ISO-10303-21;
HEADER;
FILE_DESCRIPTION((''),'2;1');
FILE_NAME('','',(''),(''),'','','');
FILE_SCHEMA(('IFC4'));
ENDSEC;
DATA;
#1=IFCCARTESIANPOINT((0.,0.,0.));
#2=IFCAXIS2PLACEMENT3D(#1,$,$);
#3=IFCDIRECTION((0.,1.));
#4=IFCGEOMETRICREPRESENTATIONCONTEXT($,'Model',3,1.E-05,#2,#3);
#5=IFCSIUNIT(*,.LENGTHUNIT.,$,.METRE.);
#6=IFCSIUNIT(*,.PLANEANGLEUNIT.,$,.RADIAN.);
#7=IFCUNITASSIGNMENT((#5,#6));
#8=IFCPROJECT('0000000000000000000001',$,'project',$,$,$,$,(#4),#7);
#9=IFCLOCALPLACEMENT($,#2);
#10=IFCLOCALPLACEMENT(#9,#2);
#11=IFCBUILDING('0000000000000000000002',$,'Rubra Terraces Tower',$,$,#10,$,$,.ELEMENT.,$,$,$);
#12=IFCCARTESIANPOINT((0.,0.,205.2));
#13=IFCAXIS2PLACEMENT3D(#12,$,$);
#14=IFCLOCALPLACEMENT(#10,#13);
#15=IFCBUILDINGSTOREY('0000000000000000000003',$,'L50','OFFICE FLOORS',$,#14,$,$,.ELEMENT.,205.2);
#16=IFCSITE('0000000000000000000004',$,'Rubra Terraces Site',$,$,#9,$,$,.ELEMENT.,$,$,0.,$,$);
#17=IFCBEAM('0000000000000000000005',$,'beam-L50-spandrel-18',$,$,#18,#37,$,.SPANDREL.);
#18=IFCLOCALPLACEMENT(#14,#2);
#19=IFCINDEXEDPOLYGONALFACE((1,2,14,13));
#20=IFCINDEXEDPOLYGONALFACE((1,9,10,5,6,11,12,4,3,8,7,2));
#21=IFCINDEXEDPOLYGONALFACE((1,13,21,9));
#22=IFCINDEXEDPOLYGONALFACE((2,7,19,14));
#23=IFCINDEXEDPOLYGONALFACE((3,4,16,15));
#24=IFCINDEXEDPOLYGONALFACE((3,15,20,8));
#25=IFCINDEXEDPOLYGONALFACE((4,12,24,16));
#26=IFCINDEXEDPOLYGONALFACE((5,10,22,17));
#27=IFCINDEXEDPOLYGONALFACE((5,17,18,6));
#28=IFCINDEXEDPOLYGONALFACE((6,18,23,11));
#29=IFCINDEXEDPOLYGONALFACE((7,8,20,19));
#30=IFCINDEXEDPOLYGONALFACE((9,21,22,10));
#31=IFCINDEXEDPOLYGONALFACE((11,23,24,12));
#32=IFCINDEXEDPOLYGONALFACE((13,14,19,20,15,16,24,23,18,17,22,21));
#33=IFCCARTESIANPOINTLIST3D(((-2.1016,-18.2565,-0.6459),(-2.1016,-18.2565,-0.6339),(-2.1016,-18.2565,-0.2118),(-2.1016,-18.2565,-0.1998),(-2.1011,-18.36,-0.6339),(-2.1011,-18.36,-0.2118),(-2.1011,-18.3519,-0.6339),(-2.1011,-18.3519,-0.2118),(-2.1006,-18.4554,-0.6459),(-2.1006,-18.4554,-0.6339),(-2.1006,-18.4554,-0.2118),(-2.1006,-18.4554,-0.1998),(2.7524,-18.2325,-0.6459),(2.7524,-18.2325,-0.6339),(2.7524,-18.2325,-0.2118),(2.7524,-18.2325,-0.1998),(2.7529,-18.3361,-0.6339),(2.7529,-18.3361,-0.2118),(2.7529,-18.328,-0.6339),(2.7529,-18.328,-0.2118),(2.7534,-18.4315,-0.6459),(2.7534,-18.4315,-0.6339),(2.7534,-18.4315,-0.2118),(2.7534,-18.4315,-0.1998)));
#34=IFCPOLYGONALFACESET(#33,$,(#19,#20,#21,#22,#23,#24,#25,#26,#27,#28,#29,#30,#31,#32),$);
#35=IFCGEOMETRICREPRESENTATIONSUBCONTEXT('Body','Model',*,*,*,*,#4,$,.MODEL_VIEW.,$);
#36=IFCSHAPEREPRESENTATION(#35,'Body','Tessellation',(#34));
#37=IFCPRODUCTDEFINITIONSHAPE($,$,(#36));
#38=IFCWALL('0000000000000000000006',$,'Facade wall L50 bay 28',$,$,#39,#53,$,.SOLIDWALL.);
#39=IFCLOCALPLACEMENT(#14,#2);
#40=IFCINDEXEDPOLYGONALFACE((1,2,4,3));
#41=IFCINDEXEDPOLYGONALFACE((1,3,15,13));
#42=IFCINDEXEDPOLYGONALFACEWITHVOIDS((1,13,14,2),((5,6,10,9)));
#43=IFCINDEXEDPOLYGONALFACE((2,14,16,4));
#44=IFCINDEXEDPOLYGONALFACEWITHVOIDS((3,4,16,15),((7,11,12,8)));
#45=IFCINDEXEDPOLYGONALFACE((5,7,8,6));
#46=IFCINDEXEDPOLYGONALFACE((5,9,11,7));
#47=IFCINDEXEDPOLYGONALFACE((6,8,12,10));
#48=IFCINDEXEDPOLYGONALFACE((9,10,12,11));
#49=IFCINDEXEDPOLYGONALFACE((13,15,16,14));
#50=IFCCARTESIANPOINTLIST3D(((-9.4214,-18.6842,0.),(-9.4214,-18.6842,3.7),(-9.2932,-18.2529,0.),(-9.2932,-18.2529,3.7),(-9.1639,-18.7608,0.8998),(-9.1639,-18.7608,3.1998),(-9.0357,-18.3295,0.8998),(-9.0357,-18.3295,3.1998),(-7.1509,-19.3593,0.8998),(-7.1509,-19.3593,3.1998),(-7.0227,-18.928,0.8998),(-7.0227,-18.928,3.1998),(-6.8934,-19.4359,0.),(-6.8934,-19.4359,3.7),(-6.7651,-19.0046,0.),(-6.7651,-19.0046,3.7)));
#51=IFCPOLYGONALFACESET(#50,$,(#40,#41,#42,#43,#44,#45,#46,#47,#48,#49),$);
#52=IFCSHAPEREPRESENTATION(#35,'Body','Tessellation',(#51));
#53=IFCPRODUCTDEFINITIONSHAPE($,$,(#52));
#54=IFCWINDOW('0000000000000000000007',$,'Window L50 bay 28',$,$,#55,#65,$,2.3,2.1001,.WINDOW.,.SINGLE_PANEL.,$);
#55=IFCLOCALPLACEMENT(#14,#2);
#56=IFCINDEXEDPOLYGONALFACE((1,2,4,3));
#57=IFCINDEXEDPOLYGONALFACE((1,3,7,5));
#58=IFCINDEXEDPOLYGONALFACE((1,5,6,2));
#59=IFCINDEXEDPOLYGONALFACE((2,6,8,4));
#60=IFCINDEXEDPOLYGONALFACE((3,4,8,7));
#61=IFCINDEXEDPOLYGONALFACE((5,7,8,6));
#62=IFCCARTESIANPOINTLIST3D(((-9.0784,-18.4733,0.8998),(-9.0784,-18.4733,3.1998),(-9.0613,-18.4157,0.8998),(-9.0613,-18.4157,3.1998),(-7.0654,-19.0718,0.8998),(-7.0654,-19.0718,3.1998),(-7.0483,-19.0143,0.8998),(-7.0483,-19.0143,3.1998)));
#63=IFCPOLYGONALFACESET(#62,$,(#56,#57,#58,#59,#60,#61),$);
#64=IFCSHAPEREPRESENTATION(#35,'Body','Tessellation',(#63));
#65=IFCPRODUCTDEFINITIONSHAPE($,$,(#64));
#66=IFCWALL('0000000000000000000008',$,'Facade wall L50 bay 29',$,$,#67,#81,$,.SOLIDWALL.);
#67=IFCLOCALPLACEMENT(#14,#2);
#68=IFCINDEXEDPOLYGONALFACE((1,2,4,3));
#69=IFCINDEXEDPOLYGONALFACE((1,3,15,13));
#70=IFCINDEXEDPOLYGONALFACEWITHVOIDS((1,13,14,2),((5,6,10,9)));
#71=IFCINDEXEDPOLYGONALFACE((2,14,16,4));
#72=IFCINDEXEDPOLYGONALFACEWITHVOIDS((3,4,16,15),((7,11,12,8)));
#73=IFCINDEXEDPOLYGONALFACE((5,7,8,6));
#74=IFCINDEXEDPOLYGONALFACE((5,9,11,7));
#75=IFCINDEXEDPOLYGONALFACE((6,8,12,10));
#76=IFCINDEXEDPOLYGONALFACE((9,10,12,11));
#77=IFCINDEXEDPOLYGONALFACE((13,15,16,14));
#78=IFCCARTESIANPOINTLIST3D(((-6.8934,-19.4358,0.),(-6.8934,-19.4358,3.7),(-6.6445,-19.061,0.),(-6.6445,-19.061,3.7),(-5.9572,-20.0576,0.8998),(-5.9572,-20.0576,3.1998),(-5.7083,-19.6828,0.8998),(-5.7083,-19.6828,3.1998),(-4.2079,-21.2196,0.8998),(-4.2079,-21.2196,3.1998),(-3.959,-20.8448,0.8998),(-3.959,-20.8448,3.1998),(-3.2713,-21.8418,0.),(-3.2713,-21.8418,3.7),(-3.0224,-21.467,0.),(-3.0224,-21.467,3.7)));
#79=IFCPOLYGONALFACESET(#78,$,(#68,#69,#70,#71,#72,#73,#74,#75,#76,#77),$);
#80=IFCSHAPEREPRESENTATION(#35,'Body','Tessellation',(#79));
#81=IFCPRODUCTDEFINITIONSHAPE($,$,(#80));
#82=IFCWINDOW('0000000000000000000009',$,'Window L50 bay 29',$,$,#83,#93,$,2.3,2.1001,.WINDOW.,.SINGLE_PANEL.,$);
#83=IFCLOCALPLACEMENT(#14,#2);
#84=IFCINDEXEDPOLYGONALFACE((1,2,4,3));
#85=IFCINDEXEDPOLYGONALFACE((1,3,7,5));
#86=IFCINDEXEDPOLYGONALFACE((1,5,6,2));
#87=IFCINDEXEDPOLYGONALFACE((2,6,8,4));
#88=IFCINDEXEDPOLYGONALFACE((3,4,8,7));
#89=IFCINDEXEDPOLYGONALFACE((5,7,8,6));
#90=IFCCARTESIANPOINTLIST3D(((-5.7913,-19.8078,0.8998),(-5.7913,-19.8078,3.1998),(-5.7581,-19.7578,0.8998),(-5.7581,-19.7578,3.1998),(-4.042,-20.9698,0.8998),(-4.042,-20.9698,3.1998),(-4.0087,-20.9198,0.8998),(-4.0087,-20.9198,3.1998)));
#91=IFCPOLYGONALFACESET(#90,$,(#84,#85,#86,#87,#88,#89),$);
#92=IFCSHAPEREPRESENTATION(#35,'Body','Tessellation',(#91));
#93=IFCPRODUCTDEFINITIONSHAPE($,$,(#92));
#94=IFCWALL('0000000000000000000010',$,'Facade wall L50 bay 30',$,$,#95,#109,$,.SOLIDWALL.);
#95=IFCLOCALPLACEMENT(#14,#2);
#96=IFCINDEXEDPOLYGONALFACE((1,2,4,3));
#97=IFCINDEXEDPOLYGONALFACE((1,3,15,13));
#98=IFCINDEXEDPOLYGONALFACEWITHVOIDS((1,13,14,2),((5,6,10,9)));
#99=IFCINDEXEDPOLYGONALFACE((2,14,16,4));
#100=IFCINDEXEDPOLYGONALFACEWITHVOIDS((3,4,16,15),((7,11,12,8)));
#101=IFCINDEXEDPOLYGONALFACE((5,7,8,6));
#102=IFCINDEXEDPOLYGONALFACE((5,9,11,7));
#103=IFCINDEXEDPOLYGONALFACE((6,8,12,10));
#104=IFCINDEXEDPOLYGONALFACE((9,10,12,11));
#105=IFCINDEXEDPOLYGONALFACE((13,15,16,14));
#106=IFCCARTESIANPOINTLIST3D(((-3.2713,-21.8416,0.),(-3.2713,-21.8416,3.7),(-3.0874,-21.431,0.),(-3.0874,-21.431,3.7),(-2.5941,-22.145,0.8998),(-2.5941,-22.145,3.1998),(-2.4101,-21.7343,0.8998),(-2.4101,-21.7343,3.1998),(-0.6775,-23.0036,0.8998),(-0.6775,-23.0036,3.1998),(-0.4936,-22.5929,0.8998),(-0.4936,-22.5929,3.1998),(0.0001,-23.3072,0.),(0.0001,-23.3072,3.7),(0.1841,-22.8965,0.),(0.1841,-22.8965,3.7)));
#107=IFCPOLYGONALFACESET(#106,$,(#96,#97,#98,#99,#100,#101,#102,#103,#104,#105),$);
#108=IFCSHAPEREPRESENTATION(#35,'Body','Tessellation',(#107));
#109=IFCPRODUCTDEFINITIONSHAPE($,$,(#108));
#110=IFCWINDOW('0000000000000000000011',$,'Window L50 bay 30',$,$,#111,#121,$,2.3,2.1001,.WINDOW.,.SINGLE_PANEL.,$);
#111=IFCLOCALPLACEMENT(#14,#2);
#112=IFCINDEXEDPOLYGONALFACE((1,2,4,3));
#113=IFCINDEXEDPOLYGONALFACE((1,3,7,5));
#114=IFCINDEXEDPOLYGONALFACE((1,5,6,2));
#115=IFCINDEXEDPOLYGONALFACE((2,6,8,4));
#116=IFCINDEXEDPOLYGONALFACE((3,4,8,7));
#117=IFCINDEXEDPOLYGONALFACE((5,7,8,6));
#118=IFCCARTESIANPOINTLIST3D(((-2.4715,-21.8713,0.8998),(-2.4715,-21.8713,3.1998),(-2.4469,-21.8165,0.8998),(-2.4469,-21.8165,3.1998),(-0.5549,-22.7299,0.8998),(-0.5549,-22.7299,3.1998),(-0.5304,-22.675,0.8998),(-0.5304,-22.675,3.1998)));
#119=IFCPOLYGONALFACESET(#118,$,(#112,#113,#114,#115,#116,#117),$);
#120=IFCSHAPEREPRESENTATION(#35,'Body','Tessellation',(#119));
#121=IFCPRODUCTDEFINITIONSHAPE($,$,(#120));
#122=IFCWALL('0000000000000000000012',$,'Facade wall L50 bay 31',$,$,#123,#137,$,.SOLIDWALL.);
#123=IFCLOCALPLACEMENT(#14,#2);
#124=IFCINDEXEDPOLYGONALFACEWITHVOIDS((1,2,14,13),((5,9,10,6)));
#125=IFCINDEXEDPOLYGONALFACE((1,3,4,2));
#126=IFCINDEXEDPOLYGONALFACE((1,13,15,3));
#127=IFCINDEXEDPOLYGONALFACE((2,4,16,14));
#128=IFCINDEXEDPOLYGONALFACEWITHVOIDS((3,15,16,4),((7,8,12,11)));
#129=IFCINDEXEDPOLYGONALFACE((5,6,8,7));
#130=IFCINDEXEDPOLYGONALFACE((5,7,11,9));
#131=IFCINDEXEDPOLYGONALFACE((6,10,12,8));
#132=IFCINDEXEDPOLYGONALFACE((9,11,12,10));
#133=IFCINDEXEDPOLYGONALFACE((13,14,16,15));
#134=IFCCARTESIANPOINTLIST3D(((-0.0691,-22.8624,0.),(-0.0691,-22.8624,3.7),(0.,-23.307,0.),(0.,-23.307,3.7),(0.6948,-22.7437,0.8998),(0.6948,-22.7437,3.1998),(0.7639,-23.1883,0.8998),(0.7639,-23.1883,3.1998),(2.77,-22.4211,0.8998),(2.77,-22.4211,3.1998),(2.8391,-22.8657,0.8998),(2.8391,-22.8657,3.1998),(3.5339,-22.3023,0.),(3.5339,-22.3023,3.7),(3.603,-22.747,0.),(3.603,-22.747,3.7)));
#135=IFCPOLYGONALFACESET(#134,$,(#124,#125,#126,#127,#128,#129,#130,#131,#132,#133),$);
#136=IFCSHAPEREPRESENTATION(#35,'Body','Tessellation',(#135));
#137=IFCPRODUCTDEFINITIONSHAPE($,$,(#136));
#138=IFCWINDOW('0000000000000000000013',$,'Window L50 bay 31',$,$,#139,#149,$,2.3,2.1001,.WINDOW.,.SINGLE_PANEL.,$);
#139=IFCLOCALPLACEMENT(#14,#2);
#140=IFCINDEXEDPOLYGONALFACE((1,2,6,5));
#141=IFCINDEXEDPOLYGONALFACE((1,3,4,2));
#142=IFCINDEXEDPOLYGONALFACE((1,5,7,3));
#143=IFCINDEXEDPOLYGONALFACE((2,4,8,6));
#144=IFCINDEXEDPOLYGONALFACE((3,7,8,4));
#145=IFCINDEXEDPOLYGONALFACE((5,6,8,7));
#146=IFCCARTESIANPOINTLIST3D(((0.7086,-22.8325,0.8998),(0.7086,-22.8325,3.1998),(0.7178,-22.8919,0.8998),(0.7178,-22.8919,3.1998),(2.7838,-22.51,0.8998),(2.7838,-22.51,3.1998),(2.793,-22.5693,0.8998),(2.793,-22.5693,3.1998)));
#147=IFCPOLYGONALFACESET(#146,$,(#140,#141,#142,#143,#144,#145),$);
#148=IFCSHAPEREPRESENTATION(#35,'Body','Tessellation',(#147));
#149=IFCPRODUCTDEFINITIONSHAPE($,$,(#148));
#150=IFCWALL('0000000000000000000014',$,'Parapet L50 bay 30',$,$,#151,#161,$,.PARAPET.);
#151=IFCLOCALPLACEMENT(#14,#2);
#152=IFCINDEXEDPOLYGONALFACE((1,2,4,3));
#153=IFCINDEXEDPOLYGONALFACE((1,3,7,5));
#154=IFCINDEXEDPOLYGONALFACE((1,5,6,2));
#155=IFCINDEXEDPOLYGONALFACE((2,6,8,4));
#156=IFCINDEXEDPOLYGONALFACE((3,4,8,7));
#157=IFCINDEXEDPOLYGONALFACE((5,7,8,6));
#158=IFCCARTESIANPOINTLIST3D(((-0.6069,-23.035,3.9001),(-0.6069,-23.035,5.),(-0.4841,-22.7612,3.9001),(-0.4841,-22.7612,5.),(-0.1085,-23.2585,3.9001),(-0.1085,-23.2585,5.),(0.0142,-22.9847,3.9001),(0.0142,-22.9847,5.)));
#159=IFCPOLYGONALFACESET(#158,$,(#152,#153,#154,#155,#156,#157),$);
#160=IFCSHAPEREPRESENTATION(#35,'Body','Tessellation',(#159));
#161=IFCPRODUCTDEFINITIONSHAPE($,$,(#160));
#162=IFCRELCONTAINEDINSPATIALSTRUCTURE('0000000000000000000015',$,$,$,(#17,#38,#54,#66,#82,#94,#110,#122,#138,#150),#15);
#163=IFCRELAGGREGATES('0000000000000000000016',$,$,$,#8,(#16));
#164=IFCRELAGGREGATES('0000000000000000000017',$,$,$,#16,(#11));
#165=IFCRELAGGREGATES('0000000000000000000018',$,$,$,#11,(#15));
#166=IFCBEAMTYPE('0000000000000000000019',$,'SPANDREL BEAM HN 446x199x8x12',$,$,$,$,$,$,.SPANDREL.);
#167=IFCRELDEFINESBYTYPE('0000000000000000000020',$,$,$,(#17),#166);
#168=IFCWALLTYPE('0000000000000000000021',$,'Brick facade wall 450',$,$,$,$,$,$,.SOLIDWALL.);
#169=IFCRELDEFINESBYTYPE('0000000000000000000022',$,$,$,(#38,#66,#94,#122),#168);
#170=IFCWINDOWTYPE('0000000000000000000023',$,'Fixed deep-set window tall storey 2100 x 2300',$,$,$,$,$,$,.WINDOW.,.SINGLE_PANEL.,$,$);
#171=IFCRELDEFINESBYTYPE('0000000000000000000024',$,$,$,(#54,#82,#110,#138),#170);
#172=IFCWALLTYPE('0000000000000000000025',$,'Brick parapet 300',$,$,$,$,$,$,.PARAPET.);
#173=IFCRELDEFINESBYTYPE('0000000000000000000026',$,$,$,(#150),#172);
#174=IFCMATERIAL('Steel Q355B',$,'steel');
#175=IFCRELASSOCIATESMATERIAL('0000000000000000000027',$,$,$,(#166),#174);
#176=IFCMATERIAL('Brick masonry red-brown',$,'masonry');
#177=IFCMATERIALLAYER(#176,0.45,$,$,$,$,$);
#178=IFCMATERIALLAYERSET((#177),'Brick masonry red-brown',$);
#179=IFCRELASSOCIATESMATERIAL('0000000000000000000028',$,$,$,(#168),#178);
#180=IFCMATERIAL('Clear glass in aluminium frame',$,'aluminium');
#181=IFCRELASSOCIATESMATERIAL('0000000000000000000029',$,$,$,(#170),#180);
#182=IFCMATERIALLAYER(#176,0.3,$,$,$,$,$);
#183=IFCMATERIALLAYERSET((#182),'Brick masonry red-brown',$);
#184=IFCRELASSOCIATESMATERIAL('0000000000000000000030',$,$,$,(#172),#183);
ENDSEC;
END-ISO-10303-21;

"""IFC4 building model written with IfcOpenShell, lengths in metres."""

from ifc_helpers import new_model, si_unit, direction, frame, frame_2d, origin, origin_2d, place, context, subcontext, project, spatial, rectangle, i_section, extrude, material, layer, layer_set, material_profile, profile_set, type_object, element, fill, save


model = new_model("IFC4")

# Units and contexts
model_context = context("Model", 3, precision=1e-05, world=origin(), true_north=direction((0.0, 1.0)))
body_context = subcontext(model_context, "Body", "Model", "MODEL_VIEW")
ifc_project = project(units=[si_unit("LENGTHUNIT", "METRE"), si_unit("PLANEANGLEUNIT", "RADIAN")], contexts=[model_context])

# Site, building, storey
site_placement = place(None, origin())
site = spatial("IfcSite", under=ifc_project, at=site_placement, Name="Rubra Terraces Site", CompositionType="ELEMENT", RefElevation=0.0)
building_placement = place(site_placement, origin())
building = spatial("IfcBuilding", under=site, at=building_placement, Name="Rubra Terraces Tower", CompositionType="ELEMENT")
storey_placement = place(building_placement, frame((0.0, 0.0, 205.2)))
storey = spatial("IfcBuildingStorey", under=building, at=storey_placement, Name="L50", Description="OFFICE FLOORS", CompositionType="ELEMENT", Elevation=205.2)

# Beam
ifc_material_1 = material(Name="Steel Q355B", Category="steel")
ifc_material_profile_1 = material_profile(ifc_material_1, i_section(OverallWidth=0.199, OverallDepth=0.446, WebThickness=0.0081, FlangeThickness=0.012, at=origin_2d()), Name="HN 446x199x8x12")
ifc_profile_set_1 = profile_set([ifc_material_profile_1], Name="Steel Q355B")
beam_type_1 = type_object("IfcBeamType", Name="SPANDREL BEAM HN 446x199x8x12", PredefinedType="SPANDREL", material=ifc_profile_set_1)
beam_1_placement = place(storey_placement, frame((-2.1011, -18.356, -0.4229), z_axis=(0.999988, 0.004929, 0.0), x_axis=(-0.004929, 0.999988, 0.0)))
element("IfcBeam", 1, at=beam_1_placement, inside=storey, type_object=beam_type_1, Name="beam-L50-spandrel-18", PredefinedType="SPANDREL", context=body_context, shape_type="SweptSolid", body=[
    extrude(i_section(OverallWidth=0.199, OverallDepth=0.446, WebThickness=0.0081, FlangeThickness=0.012, at=origin_2d()), origin(), (0.0, 0.0, 1.0), 4.854),
])

# Walls, openings, windows
ifc_material_2 = material(Name="Brick masonry red-brown", Category="masonry")
ifc_layer_1 = layer(ifc_material_2, 0.45)
ifc_layer_set_1 = layer_set([ifc_layer_1], Name="Brick masonry red-brown")
wall_type_1 = type_object("IfcWallType", Name="Brick facade wall 450", PredefinedType="SOLIDWALL", material=ifc_layer_set_1)
wall_1_placement = place(storey_placement, frame((-9.3574, -18.4685, 0.0), z_axis=(0.0, 0.0, 1.0), x_axis=(0.958524, -0.285012, 0.0)))
wall_1 = element("IfcWall", 2, at=wall_1_placement, inside=storey, type_object=wall_type_1, Name="Facade wall L50 bay 28", PredefinedType="SOLIDWALL", context=body_context, shape_type="SweptSolid", body=[
    extrude(rectangle(XDim=2.6375, YDim=0.45, at=frame_2d((1.3188, 0.0))), origin(), (0.0, 0.0, 1.0), 3.7),
])
opening_1_placement = place(wall_1_placement, frame((0.2688, 0.0, 0.8999)))
opening_1 = element("IfcOpeningElement", 3, at=opening_1_placement, cuts=wall_1, PredefinedType="OPENING", context=body_context, shape_type="SweptSolid", body=[
    extrude(rectangle(XDim=2.1001, YDim=2.3, at=frame_2d((1.05, 1.1499))), frame((0.0, 0.2349, 0.0), z_axis=(0.0, -1.0, 0.0), x_axis=(1.0, 0.0, 0.0)), (0.0, 0.0, 1.0), 0.47),
])
ifc_material_3 = material(Name="Clear glass in aluminium frame", Category="aluminium")
window_type = type_object("IfcWindowType", Name="Fixed deep-set window tall storey 2100 x 2300", PartitioningType="SINGLE_PANEL", PredefinedType="WINDOW", material=ifc_material_3)
window_1_placement = place(opening_1_placement, origin())
window_1 = element("IfcWindow", 4, at=window_1_placement, inside=storey, type_object=window_type, Name="Window L50 bay 28", OverallHeight=2.3, OverallWidth=2.1001, PartitioningType="SINGLE_PANEL", PredefinedType="WINDOW", context=body_context, shape_type="SweptSolid", body=[
    extrude(rectangle(XDim=2.1001, YDim=2.3, at=frame_2d((1.05, 1.1499))), frame((0.0, 0.135, 0.0), z_axis=(0.0, -1.0, 0.0), x_axis=(1.0, 0.0, 0.0)), (0.0, 0.0, 1.0), 0.0601),
])
fill(opening_1, window_1)
wall_2_placement = place(storey_placement, frame((-6.769, -19.2483, 0.0), z_axis=(0.0, 0.0, 1.0), x_axis=(0.832973, -0.553313, 0.0)))
wall_2 = element("IfcWall", 5, at=wall_2_placement, inside=storey, type_object=wall_type_1, Name="Facade wall L50 bay 29", PredefinedType="SOLIDWALL", context=body_context, shape_type="SweptSolid", body=[
    extrude(rectangle(XDim=4.3484, YDim=0.45, at=frame_2d((2.1743, 0.0))), origin(), (0.0, 0.0, 1.0), 3.7),
])
opening_2_placement = place(wall_2_placement, frame((1.124, 0.0, 0.8999)))
opening_2 = element("IfcOpeningElement", 6, at=opening_2_placement, cuts=wall_2, PredefinedType="OPENING", context=body_context, shape_type="SweptSolid", body=[
    extrude(rectangle(XDim=2.1001, YDim=2.3, at=frame_2d((1.05, 1.1499))), frame((0.0, 0.2349, 0.0), z_axis=(0.0, -1.0, 0.0), x_axis=(1.0, 0.0, 0.0)), (0.0, 0.0, 1.0), 0.47),
])
window_2_placement = place(opening_2_placement, origin())
window_2 = element("IfcWindow", 7, at=window_2_placement, inside=storey, type_object=window_type, Name="Window L50 bay 29", OverallHeight=2.3, OverallWidth=2.1001, PartitioningType="SINGLE_PANEL", PredefinedType="WINDOW", context=body_context, shape_type="SweptSolid", body=[
    extrude(rectangle(XDim=2.1001, YDim=2.3, at=frame_2d((1.05, 1.1499))), frame((0.0, 0.135, 0.0), z_axis=(0.0, -1.0, 0.0), x_axis=(1.0, 0.0, 0.0)), (0.0, 0.0, 1.0), 0.0601),
])
fill(opening_2, window_2)
wall_3_placement = place(storey_placement, frame((-3.1794, -21.6362, 0.0), z_axis=(0.0, 0.0, 1.0), x_axis=(0.912608, -0.408835, 0.0)))
wall_3 = element("IfcWall", 8, at=wall_3_placement, inside=storey, type_object=wall_type_1, Name="Facade wall L50 bay 30", PredefinedType="SOLIDWALL", context=body_context, shape_type="SweptSolid", body=[
    extrude(rectangle(XDim=3.5847, YDim=0.45, at=frame_2d((1.7925, 0.0))), origin(), (0.0, 0.0, 1.0), 3.7),
])
opening_3_placement = place(wall_3_placement, frame((0.7422, 0.0, 0.8999)))
opening_3 = element("IfcOpeningElement", 9, at=opening_3_placement, cuts=wall_3, PredefinedType="OPENING", context=body_context, shape_type="SweptSolid", body=[
    extrude(rectangle(XDim=2.1001, YDim=2.3, at=frame_2d((1.05, 1.1499))), frame((0.0, 0.2349, 0.0), z_axis=(0.0, -1.0, 0.0), x_axis=(1.0, 0.0, 0.0)), (0.0, 0.0, 1.0), 0.47),
])
window_3_placement = place(opening_3_placement, origin())
window_3 = element("IfcWindow", 10, at=window_3_placement, inside=storey, type_object=window_type, Name="Window L50 bay 30", OverallHeight=2.3, OverallWidth=2.1001, PartitioningType="SINGLE_PANEL", PredefinedType="WINDOW", context=body_context, shape_type="SweptSolid", body=[
    extrude(rectangle(XDim=2.1001, YDim=2.3, at=frame_2d((1.05, 1.1499))), frame((0.0, 0.135, 0.0), z_axis=(0.0, -1.0, 0.0), x_axis=(1.0, 0.0, 0.0)), (0.0, 0.0, 1.0), 0.0601),
])
fill(opening_3, window_3)
wall_4_placement = place(storey_placement, frame((-0.0347, -23.0847, 0.0), z_axis=(0.0, 0.0, 1.0), x_axis=(0.988134, 0.153597, 0.0)))
wall_4 = element("IfcWall", 11, at=wall_4_placement, inside=storey, type_object=wall_type_1, Name="Facade wall L50 bay 31", PredefinedType="SOLIDWALL", context=body_context, shape_type="SweptSolid", body=[
    extrude(rectangle(XDim=3.6462, YDim=0.45, at=frame_2d((1.8232, 0.0))), origin(), (0.0, 0.0, 1.0), 3.7),
])
opening_4_placement = place(wall_4_placement, frame((0.7732, 0.0, 0.8999)))
opening_4 = element("IfcOpeningElement", 12, at=opening_4_placement, cuts=wall_4, PredefinedType="OPENING", context=body_context, shape_type="SweptSolid", body=[
    extrude(rectangle(XDim=2.1001, YDim=2.3, at=frame_2d((1.05, 1.1499))), frame((0.0, 0.2349, 0.0), z_axis=(0.0, -1.0, 0.0), x_axis=(1.0, 0.0, 0.0)), (0.0, 0.0, 1.0), 0.47),
])
window_4_placement = place(opening_4_placement, origin())
window_4 = element("IfcWindow", 13, at=window_4_placement, inside=storey, type_object=window_type, Name="Window L50 bay 31", OverallHeight=2.3, OverallWidth=2.1001, PartitioningType="SINGLE_PANEL", PredefinedType="WINDOW", context=body_context, shape_type="SweptSolid", body=[
    extrude(rectangle(XDim=2.1001, YDim=2.3, at=frame_2d((1.05, 1.1499))), frame((0.0, 0.135, 0.0), z_axis=(0.0, -1.0, 0.0), x_axis=(1.0, 0.0, 0.0)), (0.0, 0.0, 1.0), 0.0601),
])
fill(opening_4, window_4)

# Wall
ifc_layer_2 = layer(ifc_material_2, 0.3)
ifc_layer_set_2 = layer_set([ifc_layer_2], Name="Brick masonry red-brown")
wall_type_2 = type_object("IfcWallType", Name="Brick parapet 300", PredefinedType="PARAPET", material=ifc_layer_set_2)
wall_5_placement = place(storey_placement, frame((-0.5454, -22.8982, 3.9001), z_axis=(0.0, 0.0, 1.0), x_axis=(0.912498, -0.409082, 0.0)))
element("IfcWall", 14, at=wall_5_placement, inside=storey, type_object=wall_type_2, Name="Parapet L50 bay 30", PredefinedType="PARAPET", context=body_context, shape_type="SweptSolid", body=[
    extrude(rectangle(XDim=0.5461, YDim=0.3, at=frame_2d((0.2729, 0.0))), origin(), (0.0, 0.0, 1.0), 1.0999),
])

save(model, "model.ifc")
